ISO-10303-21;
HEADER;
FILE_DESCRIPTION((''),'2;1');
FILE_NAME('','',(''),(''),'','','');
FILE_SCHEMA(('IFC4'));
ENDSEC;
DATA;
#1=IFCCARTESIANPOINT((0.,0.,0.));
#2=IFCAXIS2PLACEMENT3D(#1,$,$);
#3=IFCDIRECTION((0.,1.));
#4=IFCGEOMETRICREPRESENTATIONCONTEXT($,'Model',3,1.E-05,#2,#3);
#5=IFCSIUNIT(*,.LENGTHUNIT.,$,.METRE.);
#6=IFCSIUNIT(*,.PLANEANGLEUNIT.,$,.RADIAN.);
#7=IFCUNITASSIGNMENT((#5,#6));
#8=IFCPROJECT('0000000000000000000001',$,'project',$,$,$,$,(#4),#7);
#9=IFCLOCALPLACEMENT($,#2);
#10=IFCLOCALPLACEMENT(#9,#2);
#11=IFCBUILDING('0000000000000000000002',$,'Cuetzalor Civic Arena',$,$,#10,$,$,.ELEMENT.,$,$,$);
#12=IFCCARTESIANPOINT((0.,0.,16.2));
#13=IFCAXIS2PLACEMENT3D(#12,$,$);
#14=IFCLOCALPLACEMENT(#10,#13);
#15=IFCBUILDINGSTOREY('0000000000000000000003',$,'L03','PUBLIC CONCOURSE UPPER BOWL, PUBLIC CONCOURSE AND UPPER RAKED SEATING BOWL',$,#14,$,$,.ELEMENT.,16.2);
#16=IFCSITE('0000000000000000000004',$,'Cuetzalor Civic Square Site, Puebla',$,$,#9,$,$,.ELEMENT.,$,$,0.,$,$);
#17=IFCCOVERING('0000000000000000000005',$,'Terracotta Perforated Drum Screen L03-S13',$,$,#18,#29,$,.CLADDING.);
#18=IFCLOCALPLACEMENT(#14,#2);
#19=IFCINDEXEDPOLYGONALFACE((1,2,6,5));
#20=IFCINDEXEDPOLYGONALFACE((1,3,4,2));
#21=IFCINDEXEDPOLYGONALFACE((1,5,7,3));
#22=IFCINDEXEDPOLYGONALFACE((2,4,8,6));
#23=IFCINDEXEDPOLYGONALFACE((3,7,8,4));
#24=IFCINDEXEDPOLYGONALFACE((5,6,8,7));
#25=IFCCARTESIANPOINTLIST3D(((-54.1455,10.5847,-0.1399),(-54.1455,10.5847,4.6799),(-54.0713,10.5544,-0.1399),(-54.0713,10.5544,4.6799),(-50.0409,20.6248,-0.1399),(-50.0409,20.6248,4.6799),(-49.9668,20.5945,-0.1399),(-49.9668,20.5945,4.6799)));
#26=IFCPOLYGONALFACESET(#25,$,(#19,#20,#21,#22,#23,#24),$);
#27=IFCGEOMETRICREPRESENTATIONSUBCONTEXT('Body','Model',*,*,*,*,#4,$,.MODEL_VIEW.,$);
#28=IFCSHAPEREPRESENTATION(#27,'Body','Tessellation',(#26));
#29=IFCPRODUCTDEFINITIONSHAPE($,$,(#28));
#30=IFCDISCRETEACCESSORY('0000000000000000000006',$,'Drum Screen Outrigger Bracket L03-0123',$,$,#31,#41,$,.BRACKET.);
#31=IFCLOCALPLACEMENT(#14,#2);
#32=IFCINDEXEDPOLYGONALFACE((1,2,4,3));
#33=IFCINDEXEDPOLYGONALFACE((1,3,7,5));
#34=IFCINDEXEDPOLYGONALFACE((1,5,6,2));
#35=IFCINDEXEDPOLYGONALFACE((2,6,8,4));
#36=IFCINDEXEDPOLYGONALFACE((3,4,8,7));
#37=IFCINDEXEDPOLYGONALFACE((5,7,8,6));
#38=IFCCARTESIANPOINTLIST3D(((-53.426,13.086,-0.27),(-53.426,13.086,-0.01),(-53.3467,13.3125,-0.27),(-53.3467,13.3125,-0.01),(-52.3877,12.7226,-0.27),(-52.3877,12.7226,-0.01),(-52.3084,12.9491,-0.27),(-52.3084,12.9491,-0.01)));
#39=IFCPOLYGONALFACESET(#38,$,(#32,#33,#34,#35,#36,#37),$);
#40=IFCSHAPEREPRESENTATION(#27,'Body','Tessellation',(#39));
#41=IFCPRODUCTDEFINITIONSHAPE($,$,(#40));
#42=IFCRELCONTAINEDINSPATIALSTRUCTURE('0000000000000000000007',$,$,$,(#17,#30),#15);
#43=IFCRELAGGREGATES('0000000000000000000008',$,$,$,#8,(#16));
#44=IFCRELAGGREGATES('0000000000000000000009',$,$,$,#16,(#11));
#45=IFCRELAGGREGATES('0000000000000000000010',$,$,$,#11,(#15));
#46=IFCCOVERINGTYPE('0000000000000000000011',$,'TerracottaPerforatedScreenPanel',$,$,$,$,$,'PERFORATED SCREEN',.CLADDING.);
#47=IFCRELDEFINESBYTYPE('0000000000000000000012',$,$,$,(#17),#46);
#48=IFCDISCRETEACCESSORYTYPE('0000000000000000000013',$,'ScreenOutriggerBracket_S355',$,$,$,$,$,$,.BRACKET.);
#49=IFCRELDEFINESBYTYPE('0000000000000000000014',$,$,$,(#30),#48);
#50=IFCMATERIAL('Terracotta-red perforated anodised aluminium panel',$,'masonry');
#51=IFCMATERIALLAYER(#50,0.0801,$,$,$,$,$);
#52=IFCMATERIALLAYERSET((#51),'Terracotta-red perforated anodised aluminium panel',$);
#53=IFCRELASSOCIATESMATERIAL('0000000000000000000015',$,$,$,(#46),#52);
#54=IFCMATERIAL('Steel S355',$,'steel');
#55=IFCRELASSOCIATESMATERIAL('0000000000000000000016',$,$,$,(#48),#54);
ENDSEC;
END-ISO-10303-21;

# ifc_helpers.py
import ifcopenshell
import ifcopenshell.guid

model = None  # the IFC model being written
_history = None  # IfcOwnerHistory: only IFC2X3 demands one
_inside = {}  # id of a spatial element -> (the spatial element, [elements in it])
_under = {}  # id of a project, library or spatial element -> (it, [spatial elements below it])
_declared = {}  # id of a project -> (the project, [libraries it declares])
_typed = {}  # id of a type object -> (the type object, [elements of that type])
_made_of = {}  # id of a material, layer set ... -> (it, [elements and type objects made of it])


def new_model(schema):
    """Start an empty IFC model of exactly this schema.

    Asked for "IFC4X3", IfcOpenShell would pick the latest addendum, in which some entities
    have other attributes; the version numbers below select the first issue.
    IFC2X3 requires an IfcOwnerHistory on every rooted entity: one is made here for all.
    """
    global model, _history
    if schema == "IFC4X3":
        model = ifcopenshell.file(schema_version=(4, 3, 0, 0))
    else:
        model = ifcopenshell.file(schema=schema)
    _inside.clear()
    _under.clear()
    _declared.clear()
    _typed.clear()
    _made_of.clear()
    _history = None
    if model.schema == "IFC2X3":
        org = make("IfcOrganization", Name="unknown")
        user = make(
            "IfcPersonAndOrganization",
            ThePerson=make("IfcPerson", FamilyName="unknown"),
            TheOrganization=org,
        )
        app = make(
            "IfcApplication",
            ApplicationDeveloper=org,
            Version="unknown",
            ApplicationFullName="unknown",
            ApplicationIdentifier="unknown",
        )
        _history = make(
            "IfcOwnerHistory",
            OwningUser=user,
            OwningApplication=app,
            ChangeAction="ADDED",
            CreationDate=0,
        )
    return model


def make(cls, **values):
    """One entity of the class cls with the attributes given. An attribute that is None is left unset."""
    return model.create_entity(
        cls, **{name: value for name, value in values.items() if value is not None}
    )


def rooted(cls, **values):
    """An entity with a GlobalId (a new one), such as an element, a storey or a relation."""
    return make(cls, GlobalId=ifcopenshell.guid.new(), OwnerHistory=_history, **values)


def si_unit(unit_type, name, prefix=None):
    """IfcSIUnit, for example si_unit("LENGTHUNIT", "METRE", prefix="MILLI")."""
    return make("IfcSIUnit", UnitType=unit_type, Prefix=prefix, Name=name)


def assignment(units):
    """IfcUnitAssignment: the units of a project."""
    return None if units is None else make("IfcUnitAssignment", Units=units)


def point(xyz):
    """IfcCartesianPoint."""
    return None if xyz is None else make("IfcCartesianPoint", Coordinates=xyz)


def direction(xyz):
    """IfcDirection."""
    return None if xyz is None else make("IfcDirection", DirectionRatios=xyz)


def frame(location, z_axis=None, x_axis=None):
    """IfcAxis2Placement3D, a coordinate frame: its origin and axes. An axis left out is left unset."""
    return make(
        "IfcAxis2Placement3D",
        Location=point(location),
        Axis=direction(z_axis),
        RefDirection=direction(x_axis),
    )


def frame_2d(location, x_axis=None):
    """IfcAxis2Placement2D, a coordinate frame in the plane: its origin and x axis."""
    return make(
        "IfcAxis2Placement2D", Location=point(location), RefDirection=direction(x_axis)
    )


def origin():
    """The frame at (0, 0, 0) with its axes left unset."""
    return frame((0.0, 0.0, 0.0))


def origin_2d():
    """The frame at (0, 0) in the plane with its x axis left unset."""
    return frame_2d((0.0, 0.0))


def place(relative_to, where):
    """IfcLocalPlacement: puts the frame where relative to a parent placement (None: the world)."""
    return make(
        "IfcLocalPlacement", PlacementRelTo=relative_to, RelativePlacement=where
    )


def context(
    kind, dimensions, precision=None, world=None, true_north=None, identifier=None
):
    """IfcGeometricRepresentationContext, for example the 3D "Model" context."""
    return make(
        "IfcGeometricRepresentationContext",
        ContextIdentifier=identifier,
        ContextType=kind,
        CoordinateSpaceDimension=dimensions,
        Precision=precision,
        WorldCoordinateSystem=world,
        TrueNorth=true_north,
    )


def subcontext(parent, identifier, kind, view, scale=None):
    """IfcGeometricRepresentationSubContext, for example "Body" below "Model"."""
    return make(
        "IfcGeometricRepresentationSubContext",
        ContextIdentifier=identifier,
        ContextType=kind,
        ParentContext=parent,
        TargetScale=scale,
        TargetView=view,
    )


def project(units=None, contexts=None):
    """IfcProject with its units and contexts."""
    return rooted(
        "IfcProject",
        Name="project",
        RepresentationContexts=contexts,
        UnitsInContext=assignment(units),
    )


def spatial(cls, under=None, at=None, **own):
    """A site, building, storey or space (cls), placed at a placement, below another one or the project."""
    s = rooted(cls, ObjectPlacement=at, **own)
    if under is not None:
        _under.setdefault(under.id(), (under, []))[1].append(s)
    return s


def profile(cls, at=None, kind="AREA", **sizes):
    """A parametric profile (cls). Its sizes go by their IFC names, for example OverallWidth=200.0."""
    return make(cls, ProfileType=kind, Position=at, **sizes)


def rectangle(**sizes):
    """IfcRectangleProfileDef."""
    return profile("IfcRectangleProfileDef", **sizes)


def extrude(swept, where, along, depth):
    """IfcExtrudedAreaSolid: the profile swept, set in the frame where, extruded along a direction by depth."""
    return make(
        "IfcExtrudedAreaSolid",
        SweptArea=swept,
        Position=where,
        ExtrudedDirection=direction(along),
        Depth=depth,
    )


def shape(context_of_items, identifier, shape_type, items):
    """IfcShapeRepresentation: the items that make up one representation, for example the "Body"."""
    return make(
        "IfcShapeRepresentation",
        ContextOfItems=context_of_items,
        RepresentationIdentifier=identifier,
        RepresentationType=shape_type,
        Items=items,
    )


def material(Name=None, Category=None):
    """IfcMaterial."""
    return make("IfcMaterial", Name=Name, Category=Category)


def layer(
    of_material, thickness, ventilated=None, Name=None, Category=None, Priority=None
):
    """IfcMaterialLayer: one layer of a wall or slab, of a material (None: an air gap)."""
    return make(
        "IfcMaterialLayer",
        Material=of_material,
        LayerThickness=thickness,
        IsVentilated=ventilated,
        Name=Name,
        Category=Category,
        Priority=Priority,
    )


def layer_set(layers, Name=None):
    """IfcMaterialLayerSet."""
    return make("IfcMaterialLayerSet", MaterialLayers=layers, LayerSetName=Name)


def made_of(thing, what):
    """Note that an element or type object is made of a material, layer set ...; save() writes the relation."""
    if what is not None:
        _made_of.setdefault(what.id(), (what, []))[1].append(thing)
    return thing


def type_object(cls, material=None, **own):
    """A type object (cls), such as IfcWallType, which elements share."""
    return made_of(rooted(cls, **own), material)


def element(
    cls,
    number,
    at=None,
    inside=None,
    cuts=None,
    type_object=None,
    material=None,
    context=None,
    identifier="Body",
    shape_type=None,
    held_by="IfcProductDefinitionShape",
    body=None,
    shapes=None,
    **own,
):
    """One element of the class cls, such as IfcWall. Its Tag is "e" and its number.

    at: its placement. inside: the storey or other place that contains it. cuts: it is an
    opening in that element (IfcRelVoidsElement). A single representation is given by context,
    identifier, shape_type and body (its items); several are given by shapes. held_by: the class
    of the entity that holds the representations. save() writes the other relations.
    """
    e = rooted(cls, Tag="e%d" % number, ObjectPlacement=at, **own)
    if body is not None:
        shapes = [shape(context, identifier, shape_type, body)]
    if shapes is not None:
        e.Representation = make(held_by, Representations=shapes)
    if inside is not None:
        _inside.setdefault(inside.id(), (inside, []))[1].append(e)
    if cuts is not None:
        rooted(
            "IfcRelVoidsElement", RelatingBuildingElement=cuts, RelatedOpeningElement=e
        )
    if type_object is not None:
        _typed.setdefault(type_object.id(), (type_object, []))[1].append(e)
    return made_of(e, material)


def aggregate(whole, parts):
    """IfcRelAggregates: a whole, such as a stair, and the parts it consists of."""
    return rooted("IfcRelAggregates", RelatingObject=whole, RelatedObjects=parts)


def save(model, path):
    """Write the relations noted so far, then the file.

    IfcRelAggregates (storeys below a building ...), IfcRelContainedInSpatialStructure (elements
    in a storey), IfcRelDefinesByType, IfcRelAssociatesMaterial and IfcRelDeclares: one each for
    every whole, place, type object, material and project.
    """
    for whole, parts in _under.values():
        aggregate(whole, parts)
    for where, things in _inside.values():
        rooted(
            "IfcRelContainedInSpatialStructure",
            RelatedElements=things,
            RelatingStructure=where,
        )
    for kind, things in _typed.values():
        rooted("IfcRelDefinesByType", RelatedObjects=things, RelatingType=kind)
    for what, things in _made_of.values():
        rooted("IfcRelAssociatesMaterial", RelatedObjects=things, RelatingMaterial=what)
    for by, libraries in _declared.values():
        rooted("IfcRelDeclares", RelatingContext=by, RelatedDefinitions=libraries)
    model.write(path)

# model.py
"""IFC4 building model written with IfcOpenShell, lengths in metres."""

from ifc_helpers import new_model, si_unit, direction, frame, frame_2d, origin, origin_2d, place, context, subcontext, project, spatial, rectangle, extrude, material, layer, layer_set, type_object, element, save


model = new_model("IFC4")

# Units and contexts
model_context = context("Model", 3, precision=1e-05, world=origin(), true_north=direction((0.0, 1.0)))
body_context = subcontext(model_context, "Body", "Model", "MODEL_VIEW")
ifc_project = project(units=[si_unit("LENGTHUNIT", "METRE"), si_unit("PLANEANGLEUNIT", "RADIAN")], contexts=[model_context])

# Site, building, storey
site_placement = place(None, origin())
site = spatial("IfcSite", under=ifc_project, at=site_placement, Name="Cuetzalor Civic Square Site, Puebla", CompositionType="ELEMENT", RefElevation=0.0)
building_placement = place(site_placement, origin())
building = spatial("IfcBuilding", under=site, at=building_placement, Name="Cuetzalor Civic Arena", CompositionType="ELEMENT")
storey_placement = place(building_placement, frame((0.0, 0.0, 16.2)))
storey = spatial("IfcBuildingStorey", under=building, at=storey_placement, Name="L03", Description="PUBLIC CONCOURSE UPPER BOWL, PUBLIC CONCOURSE AND UPPER RAKED SEATING BOWL", CompositionType="ELEMENT", Elevation=16.2)

# Covering
ifc_material_1 = material(Name="Terracotta-red perforated anodised aluminium panel", Category="masonry")
ifc_layer_1 = layer(ifc_material_1, 0.0801)
ifc_layer_set_1 = layer_set([ifc_layer_1], Name="Terracotta-red perforated anodised aluminium panel")
covering_type = type_object("IfcCoveringType", Name="TerracottaPerforatedScreenPanel", ElementType="PERFORATED SCREEN", PredefinedType="CLADDING", material=ifc_layer_set_1)
covering_placement = place(storey_placement, frame((-54.1084, 10.5696, -0.1399), z_axis=(0.0, 0.0, 1.0), x_axis=(0.378412, 0.925637, 0.0)))
element("IfcCovering", 1, at=covering_placement, inside=storey, type_object=covering_type, Name="Terracotta Perforated Drum Screen L03-S13", PredefinedType="CLADDING", context=body_context, shape_type="SweptSolid", body=[
    extrude(rectangle(XDim=10.8467, YDim=0.0801, at=frame_2d((5.4233, 0.0))), origin(), (0.0, 0.0, 1.0), 4.8198),
])

# Discrete accessory
ifc_material_2 = material(Name="Steel S355", Category="steel")
discrete_accessory_type = type_object("IfcDiscreteAccessoryType", Name="ScreenOutriggerBracket_S355", PredefinedType="BRACKET", material=ifc_material_2)
discrete_accessory_placement = place(storey_placement, frame((-52.8672, 13.0176, -0.27), z_axis=(0.0, 0.0, 1.0), x_axis=(-0.943859, 0.33035, 0.0)))
element("IfcDiscreteAccessory", 2, at=discrete_accessory_placement, inside=storey, type_object=discrete_accessory_type, Name="Drum Screen Outrigger Bracket L03-0123", PredefinedType="BRACKET", context=body_context, shape_type="SweptSolid", body=[
    extrude(rectangle(XDim=1.1001, YDim=0.24, at=origin_2d()), origin(), (0.0, 0.0, 1.0), 0.26),
])

save(model, "model.ifc")
